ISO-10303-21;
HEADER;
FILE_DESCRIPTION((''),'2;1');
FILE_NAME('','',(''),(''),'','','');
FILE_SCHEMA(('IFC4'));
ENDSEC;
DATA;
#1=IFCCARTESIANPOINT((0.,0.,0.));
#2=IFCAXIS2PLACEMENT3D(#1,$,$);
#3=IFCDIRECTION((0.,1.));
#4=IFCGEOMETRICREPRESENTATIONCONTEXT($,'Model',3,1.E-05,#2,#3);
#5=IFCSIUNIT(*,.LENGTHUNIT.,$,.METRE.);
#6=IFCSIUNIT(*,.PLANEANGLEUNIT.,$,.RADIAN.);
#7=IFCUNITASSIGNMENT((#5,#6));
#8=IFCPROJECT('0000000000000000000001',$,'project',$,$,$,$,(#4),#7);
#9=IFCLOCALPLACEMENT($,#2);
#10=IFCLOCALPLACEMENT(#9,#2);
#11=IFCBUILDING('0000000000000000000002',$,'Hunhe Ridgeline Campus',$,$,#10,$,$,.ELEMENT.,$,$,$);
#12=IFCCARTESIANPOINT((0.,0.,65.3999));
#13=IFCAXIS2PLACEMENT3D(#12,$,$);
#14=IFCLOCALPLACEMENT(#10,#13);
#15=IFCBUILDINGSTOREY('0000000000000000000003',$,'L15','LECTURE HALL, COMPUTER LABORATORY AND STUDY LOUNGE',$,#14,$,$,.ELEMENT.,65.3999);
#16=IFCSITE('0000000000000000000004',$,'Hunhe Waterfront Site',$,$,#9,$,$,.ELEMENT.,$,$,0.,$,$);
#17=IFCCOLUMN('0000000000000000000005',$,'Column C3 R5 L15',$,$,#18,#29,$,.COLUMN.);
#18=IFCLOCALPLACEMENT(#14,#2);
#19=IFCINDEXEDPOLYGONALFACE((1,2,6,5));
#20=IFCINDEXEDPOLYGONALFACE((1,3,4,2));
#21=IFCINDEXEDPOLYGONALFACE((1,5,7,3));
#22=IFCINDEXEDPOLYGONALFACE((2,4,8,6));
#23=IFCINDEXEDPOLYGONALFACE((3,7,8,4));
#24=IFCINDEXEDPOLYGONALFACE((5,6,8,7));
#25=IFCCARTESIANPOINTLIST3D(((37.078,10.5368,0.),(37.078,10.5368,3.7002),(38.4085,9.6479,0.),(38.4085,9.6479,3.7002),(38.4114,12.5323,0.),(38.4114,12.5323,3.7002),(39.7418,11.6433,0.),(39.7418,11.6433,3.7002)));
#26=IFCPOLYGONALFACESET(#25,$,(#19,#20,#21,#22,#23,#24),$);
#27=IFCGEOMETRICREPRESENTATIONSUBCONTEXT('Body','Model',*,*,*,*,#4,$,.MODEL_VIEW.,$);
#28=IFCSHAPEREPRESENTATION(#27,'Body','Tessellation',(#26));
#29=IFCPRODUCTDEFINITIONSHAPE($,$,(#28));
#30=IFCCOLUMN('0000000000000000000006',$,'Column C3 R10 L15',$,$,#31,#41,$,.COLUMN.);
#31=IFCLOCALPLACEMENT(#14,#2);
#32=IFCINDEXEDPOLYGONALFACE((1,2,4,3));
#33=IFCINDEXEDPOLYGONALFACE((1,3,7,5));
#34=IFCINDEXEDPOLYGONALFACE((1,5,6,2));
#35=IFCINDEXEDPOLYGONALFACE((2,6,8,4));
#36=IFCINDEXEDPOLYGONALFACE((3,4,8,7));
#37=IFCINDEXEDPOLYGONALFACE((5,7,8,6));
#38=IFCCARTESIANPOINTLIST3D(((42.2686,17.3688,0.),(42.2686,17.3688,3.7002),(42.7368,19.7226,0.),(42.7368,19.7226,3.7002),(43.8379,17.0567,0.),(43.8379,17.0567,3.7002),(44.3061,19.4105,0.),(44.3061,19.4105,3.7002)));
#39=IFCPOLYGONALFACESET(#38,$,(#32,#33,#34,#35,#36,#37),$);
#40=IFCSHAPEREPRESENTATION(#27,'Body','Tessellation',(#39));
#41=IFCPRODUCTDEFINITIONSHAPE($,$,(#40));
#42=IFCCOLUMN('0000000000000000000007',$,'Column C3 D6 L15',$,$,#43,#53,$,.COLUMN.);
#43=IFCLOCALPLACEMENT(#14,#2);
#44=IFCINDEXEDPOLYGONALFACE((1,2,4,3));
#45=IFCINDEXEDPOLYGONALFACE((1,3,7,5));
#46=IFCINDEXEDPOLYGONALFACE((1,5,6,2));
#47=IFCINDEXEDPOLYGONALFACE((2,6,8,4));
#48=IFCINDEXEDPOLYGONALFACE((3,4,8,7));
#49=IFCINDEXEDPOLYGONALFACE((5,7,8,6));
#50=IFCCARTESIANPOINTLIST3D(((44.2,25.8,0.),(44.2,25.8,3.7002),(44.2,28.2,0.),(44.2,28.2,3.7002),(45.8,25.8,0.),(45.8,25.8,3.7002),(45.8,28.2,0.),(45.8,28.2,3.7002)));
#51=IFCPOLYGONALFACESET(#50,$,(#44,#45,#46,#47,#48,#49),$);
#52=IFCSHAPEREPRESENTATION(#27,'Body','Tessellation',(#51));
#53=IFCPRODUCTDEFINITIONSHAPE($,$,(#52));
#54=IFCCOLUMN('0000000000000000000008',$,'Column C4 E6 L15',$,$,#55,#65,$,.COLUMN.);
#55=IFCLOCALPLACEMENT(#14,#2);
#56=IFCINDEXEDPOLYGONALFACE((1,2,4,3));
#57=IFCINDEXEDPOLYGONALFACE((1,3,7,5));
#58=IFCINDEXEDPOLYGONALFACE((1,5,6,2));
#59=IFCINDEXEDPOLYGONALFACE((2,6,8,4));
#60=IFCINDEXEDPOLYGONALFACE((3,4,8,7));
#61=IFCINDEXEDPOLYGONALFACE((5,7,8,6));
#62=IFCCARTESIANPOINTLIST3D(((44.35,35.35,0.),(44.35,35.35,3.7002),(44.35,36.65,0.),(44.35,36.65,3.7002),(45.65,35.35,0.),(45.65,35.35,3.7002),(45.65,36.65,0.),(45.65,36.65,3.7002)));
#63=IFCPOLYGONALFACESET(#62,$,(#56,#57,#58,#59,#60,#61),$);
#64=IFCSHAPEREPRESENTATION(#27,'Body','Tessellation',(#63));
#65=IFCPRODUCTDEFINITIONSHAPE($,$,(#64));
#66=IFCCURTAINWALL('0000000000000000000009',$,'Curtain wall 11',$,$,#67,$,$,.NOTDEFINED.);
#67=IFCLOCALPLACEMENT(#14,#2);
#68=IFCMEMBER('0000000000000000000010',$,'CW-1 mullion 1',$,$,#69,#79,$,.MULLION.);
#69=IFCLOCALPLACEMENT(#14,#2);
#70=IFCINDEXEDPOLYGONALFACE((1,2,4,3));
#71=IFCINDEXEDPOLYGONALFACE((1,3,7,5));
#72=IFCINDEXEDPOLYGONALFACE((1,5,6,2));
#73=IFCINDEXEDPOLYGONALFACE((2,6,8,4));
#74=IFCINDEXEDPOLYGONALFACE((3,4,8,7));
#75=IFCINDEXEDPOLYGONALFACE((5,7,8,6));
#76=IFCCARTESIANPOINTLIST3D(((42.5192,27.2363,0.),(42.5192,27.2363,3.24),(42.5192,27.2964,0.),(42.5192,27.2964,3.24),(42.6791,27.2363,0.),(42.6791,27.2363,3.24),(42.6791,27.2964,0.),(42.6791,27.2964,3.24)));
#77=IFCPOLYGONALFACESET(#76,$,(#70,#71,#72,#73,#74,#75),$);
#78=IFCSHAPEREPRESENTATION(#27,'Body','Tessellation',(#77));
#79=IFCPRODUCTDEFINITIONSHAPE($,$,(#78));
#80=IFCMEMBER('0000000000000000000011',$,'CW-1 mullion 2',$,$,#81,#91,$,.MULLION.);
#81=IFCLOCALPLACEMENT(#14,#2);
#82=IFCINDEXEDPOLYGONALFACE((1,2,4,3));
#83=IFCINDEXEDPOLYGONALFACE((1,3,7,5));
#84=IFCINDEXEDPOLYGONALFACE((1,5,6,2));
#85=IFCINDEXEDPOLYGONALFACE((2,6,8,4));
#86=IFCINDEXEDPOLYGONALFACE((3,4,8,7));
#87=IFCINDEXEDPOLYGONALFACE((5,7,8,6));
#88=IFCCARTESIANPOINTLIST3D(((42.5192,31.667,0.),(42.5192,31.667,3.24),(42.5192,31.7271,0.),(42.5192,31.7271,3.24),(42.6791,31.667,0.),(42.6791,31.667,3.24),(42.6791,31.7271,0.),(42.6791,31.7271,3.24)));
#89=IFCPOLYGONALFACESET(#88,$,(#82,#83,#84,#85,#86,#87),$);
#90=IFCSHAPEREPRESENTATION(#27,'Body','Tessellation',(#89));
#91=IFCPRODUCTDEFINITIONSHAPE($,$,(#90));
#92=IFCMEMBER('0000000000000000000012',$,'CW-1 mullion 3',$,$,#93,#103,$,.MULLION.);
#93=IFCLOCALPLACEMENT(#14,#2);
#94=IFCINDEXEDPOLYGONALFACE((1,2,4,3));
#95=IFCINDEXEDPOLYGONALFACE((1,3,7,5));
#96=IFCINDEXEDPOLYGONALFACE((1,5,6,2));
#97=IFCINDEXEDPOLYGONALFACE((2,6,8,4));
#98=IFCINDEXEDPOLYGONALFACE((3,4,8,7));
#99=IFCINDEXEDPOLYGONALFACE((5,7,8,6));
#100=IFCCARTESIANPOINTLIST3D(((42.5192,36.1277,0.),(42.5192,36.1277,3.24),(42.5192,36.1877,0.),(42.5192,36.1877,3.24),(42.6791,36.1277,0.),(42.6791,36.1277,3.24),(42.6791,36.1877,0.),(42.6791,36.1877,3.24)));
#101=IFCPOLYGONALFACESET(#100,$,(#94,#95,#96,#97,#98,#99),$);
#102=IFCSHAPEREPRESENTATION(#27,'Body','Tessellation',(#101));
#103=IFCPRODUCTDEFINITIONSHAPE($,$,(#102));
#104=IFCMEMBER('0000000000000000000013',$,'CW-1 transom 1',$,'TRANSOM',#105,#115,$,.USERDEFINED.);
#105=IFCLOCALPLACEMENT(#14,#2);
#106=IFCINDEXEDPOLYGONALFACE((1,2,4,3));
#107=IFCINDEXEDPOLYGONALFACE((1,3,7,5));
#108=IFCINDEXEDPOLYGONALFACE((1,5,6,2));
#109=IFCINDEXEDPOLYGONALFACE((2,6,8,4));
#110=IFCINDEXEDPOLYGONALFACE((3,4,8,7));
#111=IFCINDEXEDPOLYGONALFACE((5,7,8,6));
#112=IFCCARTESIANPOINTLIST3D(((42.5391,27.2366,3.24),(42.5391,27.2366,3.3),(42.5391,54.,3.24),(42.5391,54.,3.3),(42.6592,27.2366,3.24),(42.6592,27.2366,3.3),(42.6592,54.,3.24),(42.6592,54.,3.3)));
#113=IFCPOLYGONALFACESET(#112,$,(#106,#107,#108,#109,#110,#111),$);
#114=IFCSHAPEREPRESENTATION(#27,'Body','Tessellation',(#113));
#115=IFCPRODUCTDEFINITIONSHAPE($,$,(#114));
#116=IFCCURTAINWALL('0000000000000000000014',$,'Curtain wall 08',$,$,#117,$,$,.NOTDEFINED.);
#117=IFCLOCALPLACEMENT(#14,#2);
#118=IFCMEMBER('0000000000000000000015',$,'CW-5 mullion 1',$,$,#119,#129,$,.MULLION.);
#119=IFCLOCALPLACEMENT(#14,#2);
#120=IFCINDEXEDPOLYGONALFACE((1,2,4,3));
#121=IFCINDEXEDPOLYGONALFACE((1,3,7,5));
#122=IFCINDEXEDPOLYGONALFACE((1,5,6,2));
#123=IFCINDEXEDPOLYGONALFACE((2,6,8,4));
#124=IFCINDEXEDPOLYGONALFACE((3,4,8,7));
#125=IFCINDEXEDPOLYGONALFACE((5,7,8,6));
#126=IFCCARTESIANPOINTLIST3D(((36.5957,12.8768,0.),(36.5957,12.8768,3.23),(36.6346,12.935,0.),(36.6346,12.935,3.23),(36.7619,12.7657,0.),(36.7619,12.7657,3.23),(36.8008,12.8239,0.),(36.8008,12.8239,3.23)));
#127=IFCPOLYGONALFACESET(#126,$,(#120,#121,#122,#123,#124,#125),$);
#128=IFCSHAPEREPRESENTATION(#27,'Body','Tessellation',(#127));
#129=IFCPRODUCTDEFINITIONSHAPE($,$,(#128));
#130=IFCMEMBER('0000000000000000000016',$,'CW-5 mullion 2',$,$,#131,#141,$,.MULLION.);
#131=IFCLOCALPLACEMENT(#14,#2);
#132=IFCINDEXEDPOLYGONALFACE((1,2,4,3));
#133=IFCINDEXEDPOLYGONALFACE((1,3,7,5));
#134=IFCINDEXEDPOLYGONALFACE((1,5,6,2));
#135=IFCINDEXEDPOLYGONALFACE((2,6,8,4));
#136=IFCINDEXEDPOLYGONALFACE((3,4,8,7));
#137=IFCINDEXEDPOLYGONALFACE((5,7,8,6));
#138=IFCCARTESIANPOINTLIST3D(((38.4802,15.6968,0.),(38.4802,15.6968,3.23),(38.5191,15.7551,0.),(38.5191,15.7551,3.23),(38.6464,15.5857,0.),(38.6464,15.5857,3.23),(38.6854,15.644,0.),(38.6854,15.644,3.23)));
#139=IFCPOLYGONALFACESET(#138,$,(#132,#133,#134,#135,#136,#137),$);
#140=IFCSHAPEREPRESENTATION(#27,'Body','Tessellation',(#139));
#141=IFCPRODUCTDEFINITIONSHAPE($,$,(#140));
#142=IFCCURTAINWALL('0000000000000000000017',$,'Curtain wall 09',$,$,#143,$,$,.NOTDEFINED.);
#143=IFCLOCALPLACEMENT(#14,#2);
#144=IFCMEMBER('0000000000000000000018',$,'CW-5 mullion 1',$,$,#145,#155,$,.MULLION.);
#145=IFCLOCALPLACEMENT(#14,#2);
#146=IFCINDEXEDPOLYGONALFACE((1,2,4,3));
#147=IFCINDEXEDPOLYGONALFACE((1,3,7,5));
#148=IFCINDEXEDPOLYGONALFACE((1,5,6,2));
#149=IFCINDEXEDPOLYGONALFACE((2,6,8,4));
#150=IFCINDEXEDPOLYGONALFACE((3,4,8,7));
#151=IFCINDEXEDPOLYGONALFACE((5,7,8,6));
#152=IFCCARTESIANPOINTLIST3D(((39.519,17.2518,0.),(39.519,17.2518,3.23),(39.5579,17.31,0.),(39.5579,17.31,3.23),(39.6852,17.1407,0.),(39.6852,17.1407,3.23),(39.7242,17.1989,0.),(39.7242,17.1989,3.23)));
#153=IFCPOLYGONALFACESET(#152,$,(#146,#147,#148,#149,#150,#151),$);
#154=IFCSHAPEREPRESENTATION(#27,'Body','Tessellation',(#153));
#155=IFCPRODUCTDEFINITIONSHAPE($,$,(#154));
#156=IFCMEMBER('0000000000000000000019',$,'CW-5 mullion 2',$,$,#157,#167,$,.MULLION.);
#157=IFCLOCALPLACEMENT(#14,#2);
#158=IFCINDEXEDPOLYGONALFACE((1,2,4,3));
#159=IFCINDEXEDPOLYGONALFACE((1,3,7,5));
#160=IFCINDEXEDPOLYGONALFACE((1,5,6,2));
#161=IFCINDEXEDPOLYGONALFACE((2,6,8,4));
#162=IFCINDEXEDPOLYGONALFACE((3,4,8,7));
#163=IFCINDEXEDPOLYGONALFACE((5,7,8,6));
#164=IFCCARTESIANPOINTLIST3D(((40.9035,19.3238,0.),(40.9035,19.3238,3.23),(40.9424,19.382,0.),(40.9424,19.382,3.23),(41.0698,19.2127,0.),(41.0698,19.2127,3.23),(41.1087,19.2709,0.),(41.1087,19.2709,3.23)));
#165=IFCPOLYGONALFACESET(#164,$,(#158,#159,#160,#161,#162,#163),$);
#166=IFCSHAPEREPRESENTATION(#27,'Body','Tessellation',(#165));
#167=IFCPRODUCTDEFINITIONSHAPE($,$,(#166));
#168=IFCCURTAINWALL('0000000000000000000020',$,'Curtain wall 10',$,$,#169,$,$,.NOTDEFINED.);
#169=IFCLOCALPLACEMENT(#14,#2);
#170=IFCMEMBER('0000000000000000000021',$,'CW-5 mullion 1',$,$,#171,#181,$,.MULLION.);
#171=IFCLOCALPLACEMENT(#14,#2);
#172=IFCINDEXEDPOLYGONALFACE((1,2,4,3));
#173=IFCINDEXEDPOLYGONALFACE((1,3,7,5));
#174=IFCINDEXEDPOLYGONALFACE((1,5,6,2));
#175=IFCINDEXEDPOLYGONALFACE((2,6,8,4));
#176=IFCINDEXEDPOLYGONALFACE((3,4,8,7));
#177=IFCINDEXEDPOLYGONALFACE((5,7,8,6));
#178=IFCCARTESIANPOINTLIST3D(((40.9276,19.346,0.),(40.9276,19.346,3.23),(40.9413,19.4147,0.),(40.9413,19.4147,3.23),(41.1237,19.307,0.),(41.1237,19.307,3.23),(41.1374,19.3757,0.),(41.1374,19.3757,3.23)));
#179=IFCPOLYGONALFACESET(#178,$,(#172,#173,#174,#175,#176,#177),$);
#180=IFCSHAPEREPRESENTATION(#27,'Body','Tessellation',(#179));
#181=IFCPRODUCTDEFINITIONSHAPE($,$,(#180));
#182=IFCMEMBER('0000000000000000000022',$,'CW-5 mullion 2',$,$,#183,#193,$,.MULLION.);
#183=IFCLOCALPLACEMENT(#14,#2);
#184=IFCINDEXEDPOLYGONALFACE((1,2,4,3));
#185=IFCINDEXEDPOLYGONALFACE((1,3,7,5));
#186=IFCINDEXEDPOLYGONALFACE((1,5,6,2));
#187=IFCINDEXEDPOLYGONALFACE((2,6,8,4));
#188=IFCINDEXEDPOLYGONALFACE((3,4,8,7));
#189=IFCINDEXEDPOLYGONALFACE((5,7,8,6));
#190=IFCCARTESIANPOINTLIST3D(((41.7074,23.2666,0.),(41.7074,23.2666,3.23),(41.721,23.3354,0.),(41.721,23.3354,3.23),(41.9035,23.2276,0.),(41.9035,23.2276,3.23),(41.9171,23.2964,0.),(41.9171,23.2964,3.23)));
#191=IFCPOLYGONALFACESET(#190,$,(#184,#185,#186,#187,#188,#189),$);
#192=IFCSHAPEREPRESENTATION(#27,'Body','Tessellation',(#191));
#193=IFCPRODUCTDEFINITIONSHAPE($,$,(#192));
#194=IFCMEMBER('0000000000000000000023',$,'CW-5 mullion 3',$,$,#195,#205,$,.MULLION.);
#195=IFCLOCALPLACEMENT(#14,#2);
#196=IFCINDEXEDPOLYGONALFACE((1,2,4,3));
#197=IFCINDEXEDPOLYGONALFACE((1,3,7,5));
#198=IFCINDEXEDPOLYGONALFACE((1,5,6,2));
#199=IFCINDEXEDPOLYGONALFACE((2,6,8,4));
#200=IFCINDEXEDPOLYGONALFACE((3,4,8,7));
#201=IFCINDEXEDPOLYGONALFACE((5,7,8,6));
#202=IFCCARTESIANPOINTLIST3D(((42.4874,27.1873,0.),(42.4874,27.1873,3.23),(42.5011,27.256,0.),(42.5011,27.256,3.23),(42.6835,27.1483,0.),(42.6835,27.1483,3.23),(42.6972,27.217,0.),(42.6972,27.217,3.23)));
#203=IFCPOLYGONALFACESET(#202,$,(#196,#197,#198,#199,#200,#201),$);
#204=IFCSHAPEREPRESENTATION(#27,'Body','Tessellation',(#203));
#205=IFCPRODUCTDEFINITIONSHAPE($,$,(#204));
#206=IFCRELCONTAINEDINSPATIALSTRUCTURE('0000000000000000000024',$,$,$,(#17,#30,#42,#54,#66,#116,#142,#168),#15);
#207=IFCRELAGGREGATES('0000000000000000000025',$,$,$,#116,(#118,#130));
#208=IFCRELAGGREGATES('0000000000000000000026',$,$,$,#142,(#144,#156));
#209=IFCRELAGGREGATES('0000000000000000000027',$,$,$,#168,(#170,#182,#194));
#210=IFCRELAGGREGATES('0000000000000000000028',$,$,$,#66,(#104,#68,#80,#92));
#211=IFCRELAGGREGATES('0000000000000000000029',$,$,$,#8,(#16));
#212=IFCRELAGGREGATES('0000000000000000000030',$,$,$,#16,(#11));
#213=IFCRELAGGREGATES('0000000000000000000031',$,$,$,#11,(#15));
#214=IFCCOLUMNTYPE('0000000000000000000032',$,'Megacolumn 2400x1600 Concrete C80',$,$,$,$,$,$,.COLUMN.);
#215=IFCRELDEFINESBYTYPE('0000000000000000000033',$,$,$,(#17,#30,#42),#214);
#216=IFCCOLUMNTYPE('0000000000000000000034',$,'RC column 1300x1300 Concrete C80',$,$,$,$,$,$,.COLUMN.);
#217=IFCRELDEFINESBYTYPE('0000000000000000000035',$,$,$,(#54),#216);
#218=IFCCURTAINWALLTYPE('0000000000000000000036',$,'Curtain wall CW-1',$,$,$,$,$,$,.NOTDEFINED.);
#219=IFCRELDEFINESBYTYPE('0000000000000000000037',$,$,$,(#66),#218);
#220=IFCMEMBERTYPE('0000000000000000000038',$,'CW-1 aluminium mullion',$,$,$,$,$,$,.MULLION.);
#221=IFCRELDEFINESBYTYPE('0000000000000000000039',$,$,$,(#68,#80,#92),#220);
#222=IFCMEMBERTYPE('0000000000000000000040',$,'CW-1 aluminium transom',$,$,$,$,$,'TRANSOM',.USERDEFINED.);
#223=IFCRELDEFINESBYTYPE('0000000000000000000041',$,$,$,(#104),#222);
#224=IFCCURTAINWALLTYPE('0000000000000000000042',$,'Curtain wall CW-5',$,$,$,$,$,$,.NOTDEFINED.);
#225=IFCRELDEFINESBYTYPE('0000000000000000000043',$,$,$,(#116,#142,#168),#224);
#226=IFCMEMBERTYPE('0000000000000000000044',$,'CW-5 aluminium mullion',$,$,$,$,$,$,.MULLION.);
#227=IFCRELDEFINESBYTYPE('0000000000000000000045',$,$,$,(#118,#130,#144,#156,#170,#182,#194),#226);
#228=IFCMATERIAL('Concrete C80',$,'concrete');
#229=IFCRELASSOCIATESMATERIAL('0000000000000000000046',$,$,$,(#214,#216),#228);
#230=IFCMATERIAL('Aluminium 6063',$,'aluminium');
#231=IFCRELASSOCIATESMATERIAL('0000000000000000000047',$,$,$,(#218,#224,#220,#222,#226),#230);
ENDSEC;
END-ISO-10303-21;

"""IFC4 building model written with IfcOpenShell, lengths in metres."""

from ifc_helpers import new_model, si_unit, direction, frame, origin, origin_2d, place, context, subcontext, project, spatial, rectangle, extrude, material, material_profile, profile_set, type_object, element, aggregate, save


model = new_model("IFC4")

# Units and contexts
model_context = context("Model", 3, precision=1e-05, world=origin(), true_north=direction((0.0, 1.0)))
body_context = subcontext(model_context, "Body", "Model", "MODEL_VIEW")
ifc_project = project(units=[si_unit("LENGTHUNIT", "METRE"), si_unit("PLANEANGLEUNIT", "RADIAN")], contexts=[model_context])

# Site, building, storey
site_placement = place(None, origin())
site = spatial("IfcSite", under=ifc_project, at=site_placement, Name="Hunhe Waterfront Site", CompositionType="ELEMENT", RefElevation=0.0)
building_placement = place(site_placement, origin())
building = spatial("IfcBuilding", under=site, at=building_placement, Name="Hunhe Ridgeline Campus", CompositionType="ELEMENT")
storey_placement = place(building_placement, frame((0.0, 0.0, 65.3999)))
storey = spatial("IfcBuildingStorey", under=building, at=storey_placement, Name="L15", Description="LECTURE HALL, COMPUTER LABORATORY AND STUDY LOUNGE", CompositionType="ELEMENT", Elevation=65.3999)

# Columns
ifc_material_1 = material(Name="Concrete C80", Category="concrete")
ifc_material_profile_1 = material_profile(ifc_material_1, rectangle(XDim=2.3999, YDim=1.6001, at=origin_2d()))
ifc_profile_set_1 = profile_set([ifc_material_profile_1], Name="Concrete C80")
column_type_1 = type_object("IfcColumnType", Name="Megacolumn 2400x1600 Concrete C80", PredefinedType="COLUMN", material=ifc_profile_set_1)
for number, where, z_axis, x_axis, name in (
    (1, (38.4099, 11.0901, 0.0), (0.0, 0.0, 1.0), (0.55557, 0.83147, 0.0), "Column C3 R5 L15"),
    (2, (43.2874, 18.3896, 0.0), (0.0, 0.0, 1.0), (0.19509, 0.980785, 0.0), "Column C3 R10 L15"),
    (3, (45.0, 27.0, 0.0), (0.0, 0.0, 1.0), (0.0, 1.0, 0.0), "Column C3 D6 L15"),
):
    element("IfcColumn", number, at=place(storey_placement, frame(where, z_axis=z_axis, x_axis=x_axis)), inside=storey, type_object=column_type_1, Name=name, PredefinedType="COLUMN", context=body_context, shape_type="SweptSolid", body=[
        extrude(rectangle(XDim=2.3999, YDim=1.6001, at=origin_2d()), origin(), (0.0, 0.0, 1.0), 3.7002),
    ])
ifc_material_profile_2 = material_profile(ifc_material_1, rectangle(XDim=1.3, YDim=1.3, at=origin_2d()))
ifc_profile_set_2 = profile_set([ifc_material_profile_2], Name="Concrete C80")
column_type_2 = type_object("IfcColumnType", Name="RC column 1300x1300 Concrete C80", PredefinedType="COLUMN", material=ifc_profile_set_2)
column_placement = place(storey_placement, frame((45.0, 36.0, 0.0), z_axis=(0.0, 0.0, 1.0), x_axis=(1.0, 0.0, 0.0)))
element("IfcColumn", 4, at=column_placement, inside=storey, type_object=column_type_2, Name="Column C4 E6 L15", PredefinedType="COLUMN", context=body_context, shape_type="SweptSolid", body=[
    extrude(rectangle(XDim=1.3, YDim=1.3, at=origin_2d()), origin(), (0.0, 0.0, 1.0), 3.7002),
])

# Curtain walls, members
ifc_material_2 = material(Name="Aluminium 6063", Category="aluminium")
curtain_wall_type_1 = type_object("IfcCurtainWallType", Name="Curtain wall CW-1", PredefinedType="NOTDEFINED", material=ifc_material_2)
curtain_wall_1_placement = place(storey_placement, origin())
curtain_wall_1 = element("IfcCurtainWall", 5, at=curtain_wall_1_placement, inside=storey, type_object=curtain_wall_type_1, Name="Curtain wall 11", PredefinedType="NOTDEFINED")
ifc_material_profile_3 = material_profile(ifc_material_2, rectangle(XDim=0.1599, YDim=0.0601, at=origin_2d()))
ifc_profile_set_3 = profile_set([ifc_material_profile_3], Name="Aluminium 6063")
member_type_1 = type_object("IfcMemberType", Name="CW-1 aluminium mullion", PredefinedType="MULLION", material=ifc_profile_set_3)
member_1_placement = place(storey_placement, frame((42.5991, 27.2664, 0.0), z_axis=(0.0, 0.0, 1.0), x_axis=(-1.0, 0.0, 0.0)))
member_1 = element("IfcMember", 6, at=member_1_placement, type_object=member_type_1, Name="CW-1 mullion 1", PredefinedType="MULLION", context=body_context, shape_type="SweptSolid", body=[
    extrude(rectangle(XDim=0.1599, YDim=0.0601, at=origin_2d()), origin(), (0.0, 0.0, 1.0), 3.24),
])
member_2_placement = place(storey_placement, frame((42.5991, 31.697, 0.0), z_axis=(0.0, 0.0, 1.0), x_axis=(-1.0, 0.0, 0.0)))
member_2 = element("IfcMember", 7, at=member_2_placement, type_object=member_type_1, Name="CW-1 mullion 2", PredefinedType="MULLION", context=body_context, shape_type="SweptSolid", body=[
    extrude(rectangle(XDim=0.1599, YDim=0.0601, at=origin_2d()), origin(), (0.0, 0.0, 1.0), 3.24),
])
member_3_placement = place(storey_placement, frame((42.5991, 36.1577, 0.0), z_axis=(0.0, 0.0, 1.0), x_axis=(-1.0, 0.0, 0.0)))
member_3 = element("IfcMember", 8, at=member_3_placement, type_object=member_type_1, Name="CW-1 mullion 3", PredefinedType="MULLION", context=body_context, shape_type="SweptSolid", body=[
    extrude(rectangle(XDim=0.1599, YDim=0.0601, at=origin_2d()), origin(), (0.0, 0.0, 1.0), 3.24),
])
ifc_material_profile_4 = material_profile(ifc_material_2, rectangle(XDim=0.1201, YDim=0.0601, at=origin_2d()))
ifc_profile_set_4 = profile_set([ifc_material_profile_4], Name="Aluminium 6063")
member_type_2 = type_object("IfcMemberType", Name="CW-1 aluminium transom", ElementType="TRANSOM", PredefinedType="USERDEFINED", material=ifc_profile_set_4)
member_4_placement = place(storey_placement, frame((42.5991, 27.2366, 3.27), z_axis=(0.0, 1.0, 0.0), x_axis=(-1.0, 0.0, 0.0)))
member_4 = element("IfcMember", 9, at=member_4_placement, type_object=member_type_2, Name="CW-1 transom 1", ObjectType="TRANSOM", PredefinedType="USERDEFINED", context=body_context, shape_type="SweptSolid", body=[
    extrude(rectangle(XDim=0.1201, YDim=0.0601, at=origin_2d()), origin(), (0.0, 0.0, 1.0), 26.7634),
])
curtain_wall_type_2 = type_object("IfcCurtainWallType", Name="Curtain wall CW-5", PredefinedType="NOTDEFINED", material=ifc_material_2)
curtain_wall_2_placement = place(storey_placement, origin())
curtain_wall_2 = element("IfcCurtainWall", 10, at=curtain_wall_2_placement, inside=storey, type_object=curtain_wall_type_2, Name="Curtain wall 08", PredefinedType="NOTDEFINED")
ifc_material_profile_5 = material_profile(ifc_material_2, rectangle(XDim=0.2, YDim=0.0701, at=origin_2d()))
ifc_profile_set_5 = profile_set([ifc_material_profile_5], Name="Aluminium 6063")
member_type_3 = type_object("IfcMemberType", Name="CW-5 aluminium mullion", PredefinedType="MULLION", material=ifc_profile_set_5)
member_5_placement = place(storey_placement, frame((36.6982, 12.8503, 0.0), z_axis=(0.0, 0.0, 1.0), x_axis=(-0.83147, 0.55557, 0.0)))
member_5 = element("IfcMember", 11, at=member_5_placement, type_object=member_type_3, Name="CW-5 mullion 1", PredefinedType="MULLION", context=body_context, shape_type="SweptSolid", body=[
    extrude(rectangle(XDim=0.2, YDim=0.0701, at=origin_2d()), origin(), (0.0, 0.0, 1.0), 3.23),
])
member_6_placement = place(storey_placement, frame((38.5828, 15.6704, 0.0), z_axis=(0.0, 0.0, 1.0), x_axis=(-0.83147, 0.55557, 0.0)))
member_6 = element("IfcMember", 12, at=member_6_placement, type_object=member_type_3, Name="CW-5 mullion 2", PredefinedType="MULLION", context=body_context, shape_type="SweptSolid", body=[
    extrude(rectangle(XDim=0.2, YDim=0.0701, at=origin_2d()), origin(), (0.0, 0.0, 1.0), 3.23),
])
curtain_wall_3_placement = place(storey_placement, origin())
curtain_wall_3 = element("IfcCurtainWall", 13, at=curtain_wall_3_placement, inside=storey, type_object=curtain_wall_type_2, Name="Curtain wall 09", PredefinedType="NOTDEFINED")
member_7_placement = place(storey_placement, frame((39.6216, 17.2253, 0.0), z_axis=(0.0, 0.0, 1.0), x_axis=(-0.83147, 0.55557, 0.0)))
member_7 = element("IfcMember", 14, at=member_7_placement, type_object=member_type_3, Name="CW-5 mullion 1", PredefinedType="MULLION", context=body_context, shape_type="SweptSolid", body=[
    extrude(rectangle(XDim=0.2, YDim=0.0701, at=origin_2d()), origin(), (0.0, 0.0, 1.0), 3.23),
])
member_8_placement = place(storey_placement, frame((41.0061, 19.2974, 0.0), z_axis=(0.0, 0.0, 1.0), x_axis=(-0.83147, 0.55557, 0.0)))
member_8 = element("IfcMember", 15, at=member_8_placement, type_object=member_type_3, Name="CW-5 mullion 2", PredefinedType="MULLION", context=body_context, shape_type="SweptSolid", body=[
    extrude(rectangle(XDim=0.2, YDim=0.0701, at=origin_2d()), origin(), (0.0, 0.0, 1.0), 3.23),
])
curtain_wall_4_placement = place(storey_placement, origin())
curtain_wall_4 = element("IfcCurtainWall", 16, at=curtain_wall_4_placement, inside=storey, type_object=curtain_wall_type_2, Name="Curtain wall 10", PredefinedType="NOTDEFINED")
member_9_placement = place(storey_placement, frame((41.0325, 19.3608, 0.0), z_axis=(0.0, 0.0, 1.0), x_axis=(-0.980785, 0.19509, 0.0)))
member_9 = element("IfcMember", 17, at=member_9_placement, type_object=member_type_3, Name="CW-5 mullion 1", PredefinedType="MULLION", context=body_context, shape_type="SweptSolid", body=[
    extrude(rectangle(XDim=0.2, YDim=0.0701, at=origin_2d()), origin(), (0.0, 0.0, 1.0), 3.23),
])
member_10_placement = place(storey_placement, frame((41.8123, 23.2815, 0.0), z_axis=(0.0, 0.0, 1.0), x_axis=(-0.980785, 0.19509, 0.0)))
member_10 = element("IfcMember", 18, at=member_10_placement, type_object=member_type_3, Name="CW-5 mullion 2", PredefinedType="MULLION", context=body_context, shape_type="SweptSolid", body=[
    extrude(rectangle(XDim=0.2, YDim=0.0701, at=origin_2d()), origin(), (0.0, 0.0, 1.0), 3.23),
])
member_11_placement = place(storey_placement, frame((42.5923, 27.2021, 0.0), z_axis=(0.0, 0.0, 1.0), x_axis=(-0.980785, 0.19509, 0.0)))
member_11 = element("IfcMember", 19, at=member_11_placement, type_object=member_type_3, Name="CW-5 mullion 3", PredefinedType="MULLION", context=body_context, shape_type="SweptSolid", body=[
    extrude(rectangle(XDim=0.2, YDim=0.0701, at=origin_2d()), origin(), (0.0, 0.0, 1.0), 3.23),
])

aggregate(curtain_wall_2, [member_5, member_6])
aggregate(curtain_wall_3, [member_7, member_8])
aggregate(curtain_wall_4, [member_9, member_10, member_11])
aggregate(curtain_wall_1, [member_4, member_1, member_2, member_3])

save(model, "model.ifc")
